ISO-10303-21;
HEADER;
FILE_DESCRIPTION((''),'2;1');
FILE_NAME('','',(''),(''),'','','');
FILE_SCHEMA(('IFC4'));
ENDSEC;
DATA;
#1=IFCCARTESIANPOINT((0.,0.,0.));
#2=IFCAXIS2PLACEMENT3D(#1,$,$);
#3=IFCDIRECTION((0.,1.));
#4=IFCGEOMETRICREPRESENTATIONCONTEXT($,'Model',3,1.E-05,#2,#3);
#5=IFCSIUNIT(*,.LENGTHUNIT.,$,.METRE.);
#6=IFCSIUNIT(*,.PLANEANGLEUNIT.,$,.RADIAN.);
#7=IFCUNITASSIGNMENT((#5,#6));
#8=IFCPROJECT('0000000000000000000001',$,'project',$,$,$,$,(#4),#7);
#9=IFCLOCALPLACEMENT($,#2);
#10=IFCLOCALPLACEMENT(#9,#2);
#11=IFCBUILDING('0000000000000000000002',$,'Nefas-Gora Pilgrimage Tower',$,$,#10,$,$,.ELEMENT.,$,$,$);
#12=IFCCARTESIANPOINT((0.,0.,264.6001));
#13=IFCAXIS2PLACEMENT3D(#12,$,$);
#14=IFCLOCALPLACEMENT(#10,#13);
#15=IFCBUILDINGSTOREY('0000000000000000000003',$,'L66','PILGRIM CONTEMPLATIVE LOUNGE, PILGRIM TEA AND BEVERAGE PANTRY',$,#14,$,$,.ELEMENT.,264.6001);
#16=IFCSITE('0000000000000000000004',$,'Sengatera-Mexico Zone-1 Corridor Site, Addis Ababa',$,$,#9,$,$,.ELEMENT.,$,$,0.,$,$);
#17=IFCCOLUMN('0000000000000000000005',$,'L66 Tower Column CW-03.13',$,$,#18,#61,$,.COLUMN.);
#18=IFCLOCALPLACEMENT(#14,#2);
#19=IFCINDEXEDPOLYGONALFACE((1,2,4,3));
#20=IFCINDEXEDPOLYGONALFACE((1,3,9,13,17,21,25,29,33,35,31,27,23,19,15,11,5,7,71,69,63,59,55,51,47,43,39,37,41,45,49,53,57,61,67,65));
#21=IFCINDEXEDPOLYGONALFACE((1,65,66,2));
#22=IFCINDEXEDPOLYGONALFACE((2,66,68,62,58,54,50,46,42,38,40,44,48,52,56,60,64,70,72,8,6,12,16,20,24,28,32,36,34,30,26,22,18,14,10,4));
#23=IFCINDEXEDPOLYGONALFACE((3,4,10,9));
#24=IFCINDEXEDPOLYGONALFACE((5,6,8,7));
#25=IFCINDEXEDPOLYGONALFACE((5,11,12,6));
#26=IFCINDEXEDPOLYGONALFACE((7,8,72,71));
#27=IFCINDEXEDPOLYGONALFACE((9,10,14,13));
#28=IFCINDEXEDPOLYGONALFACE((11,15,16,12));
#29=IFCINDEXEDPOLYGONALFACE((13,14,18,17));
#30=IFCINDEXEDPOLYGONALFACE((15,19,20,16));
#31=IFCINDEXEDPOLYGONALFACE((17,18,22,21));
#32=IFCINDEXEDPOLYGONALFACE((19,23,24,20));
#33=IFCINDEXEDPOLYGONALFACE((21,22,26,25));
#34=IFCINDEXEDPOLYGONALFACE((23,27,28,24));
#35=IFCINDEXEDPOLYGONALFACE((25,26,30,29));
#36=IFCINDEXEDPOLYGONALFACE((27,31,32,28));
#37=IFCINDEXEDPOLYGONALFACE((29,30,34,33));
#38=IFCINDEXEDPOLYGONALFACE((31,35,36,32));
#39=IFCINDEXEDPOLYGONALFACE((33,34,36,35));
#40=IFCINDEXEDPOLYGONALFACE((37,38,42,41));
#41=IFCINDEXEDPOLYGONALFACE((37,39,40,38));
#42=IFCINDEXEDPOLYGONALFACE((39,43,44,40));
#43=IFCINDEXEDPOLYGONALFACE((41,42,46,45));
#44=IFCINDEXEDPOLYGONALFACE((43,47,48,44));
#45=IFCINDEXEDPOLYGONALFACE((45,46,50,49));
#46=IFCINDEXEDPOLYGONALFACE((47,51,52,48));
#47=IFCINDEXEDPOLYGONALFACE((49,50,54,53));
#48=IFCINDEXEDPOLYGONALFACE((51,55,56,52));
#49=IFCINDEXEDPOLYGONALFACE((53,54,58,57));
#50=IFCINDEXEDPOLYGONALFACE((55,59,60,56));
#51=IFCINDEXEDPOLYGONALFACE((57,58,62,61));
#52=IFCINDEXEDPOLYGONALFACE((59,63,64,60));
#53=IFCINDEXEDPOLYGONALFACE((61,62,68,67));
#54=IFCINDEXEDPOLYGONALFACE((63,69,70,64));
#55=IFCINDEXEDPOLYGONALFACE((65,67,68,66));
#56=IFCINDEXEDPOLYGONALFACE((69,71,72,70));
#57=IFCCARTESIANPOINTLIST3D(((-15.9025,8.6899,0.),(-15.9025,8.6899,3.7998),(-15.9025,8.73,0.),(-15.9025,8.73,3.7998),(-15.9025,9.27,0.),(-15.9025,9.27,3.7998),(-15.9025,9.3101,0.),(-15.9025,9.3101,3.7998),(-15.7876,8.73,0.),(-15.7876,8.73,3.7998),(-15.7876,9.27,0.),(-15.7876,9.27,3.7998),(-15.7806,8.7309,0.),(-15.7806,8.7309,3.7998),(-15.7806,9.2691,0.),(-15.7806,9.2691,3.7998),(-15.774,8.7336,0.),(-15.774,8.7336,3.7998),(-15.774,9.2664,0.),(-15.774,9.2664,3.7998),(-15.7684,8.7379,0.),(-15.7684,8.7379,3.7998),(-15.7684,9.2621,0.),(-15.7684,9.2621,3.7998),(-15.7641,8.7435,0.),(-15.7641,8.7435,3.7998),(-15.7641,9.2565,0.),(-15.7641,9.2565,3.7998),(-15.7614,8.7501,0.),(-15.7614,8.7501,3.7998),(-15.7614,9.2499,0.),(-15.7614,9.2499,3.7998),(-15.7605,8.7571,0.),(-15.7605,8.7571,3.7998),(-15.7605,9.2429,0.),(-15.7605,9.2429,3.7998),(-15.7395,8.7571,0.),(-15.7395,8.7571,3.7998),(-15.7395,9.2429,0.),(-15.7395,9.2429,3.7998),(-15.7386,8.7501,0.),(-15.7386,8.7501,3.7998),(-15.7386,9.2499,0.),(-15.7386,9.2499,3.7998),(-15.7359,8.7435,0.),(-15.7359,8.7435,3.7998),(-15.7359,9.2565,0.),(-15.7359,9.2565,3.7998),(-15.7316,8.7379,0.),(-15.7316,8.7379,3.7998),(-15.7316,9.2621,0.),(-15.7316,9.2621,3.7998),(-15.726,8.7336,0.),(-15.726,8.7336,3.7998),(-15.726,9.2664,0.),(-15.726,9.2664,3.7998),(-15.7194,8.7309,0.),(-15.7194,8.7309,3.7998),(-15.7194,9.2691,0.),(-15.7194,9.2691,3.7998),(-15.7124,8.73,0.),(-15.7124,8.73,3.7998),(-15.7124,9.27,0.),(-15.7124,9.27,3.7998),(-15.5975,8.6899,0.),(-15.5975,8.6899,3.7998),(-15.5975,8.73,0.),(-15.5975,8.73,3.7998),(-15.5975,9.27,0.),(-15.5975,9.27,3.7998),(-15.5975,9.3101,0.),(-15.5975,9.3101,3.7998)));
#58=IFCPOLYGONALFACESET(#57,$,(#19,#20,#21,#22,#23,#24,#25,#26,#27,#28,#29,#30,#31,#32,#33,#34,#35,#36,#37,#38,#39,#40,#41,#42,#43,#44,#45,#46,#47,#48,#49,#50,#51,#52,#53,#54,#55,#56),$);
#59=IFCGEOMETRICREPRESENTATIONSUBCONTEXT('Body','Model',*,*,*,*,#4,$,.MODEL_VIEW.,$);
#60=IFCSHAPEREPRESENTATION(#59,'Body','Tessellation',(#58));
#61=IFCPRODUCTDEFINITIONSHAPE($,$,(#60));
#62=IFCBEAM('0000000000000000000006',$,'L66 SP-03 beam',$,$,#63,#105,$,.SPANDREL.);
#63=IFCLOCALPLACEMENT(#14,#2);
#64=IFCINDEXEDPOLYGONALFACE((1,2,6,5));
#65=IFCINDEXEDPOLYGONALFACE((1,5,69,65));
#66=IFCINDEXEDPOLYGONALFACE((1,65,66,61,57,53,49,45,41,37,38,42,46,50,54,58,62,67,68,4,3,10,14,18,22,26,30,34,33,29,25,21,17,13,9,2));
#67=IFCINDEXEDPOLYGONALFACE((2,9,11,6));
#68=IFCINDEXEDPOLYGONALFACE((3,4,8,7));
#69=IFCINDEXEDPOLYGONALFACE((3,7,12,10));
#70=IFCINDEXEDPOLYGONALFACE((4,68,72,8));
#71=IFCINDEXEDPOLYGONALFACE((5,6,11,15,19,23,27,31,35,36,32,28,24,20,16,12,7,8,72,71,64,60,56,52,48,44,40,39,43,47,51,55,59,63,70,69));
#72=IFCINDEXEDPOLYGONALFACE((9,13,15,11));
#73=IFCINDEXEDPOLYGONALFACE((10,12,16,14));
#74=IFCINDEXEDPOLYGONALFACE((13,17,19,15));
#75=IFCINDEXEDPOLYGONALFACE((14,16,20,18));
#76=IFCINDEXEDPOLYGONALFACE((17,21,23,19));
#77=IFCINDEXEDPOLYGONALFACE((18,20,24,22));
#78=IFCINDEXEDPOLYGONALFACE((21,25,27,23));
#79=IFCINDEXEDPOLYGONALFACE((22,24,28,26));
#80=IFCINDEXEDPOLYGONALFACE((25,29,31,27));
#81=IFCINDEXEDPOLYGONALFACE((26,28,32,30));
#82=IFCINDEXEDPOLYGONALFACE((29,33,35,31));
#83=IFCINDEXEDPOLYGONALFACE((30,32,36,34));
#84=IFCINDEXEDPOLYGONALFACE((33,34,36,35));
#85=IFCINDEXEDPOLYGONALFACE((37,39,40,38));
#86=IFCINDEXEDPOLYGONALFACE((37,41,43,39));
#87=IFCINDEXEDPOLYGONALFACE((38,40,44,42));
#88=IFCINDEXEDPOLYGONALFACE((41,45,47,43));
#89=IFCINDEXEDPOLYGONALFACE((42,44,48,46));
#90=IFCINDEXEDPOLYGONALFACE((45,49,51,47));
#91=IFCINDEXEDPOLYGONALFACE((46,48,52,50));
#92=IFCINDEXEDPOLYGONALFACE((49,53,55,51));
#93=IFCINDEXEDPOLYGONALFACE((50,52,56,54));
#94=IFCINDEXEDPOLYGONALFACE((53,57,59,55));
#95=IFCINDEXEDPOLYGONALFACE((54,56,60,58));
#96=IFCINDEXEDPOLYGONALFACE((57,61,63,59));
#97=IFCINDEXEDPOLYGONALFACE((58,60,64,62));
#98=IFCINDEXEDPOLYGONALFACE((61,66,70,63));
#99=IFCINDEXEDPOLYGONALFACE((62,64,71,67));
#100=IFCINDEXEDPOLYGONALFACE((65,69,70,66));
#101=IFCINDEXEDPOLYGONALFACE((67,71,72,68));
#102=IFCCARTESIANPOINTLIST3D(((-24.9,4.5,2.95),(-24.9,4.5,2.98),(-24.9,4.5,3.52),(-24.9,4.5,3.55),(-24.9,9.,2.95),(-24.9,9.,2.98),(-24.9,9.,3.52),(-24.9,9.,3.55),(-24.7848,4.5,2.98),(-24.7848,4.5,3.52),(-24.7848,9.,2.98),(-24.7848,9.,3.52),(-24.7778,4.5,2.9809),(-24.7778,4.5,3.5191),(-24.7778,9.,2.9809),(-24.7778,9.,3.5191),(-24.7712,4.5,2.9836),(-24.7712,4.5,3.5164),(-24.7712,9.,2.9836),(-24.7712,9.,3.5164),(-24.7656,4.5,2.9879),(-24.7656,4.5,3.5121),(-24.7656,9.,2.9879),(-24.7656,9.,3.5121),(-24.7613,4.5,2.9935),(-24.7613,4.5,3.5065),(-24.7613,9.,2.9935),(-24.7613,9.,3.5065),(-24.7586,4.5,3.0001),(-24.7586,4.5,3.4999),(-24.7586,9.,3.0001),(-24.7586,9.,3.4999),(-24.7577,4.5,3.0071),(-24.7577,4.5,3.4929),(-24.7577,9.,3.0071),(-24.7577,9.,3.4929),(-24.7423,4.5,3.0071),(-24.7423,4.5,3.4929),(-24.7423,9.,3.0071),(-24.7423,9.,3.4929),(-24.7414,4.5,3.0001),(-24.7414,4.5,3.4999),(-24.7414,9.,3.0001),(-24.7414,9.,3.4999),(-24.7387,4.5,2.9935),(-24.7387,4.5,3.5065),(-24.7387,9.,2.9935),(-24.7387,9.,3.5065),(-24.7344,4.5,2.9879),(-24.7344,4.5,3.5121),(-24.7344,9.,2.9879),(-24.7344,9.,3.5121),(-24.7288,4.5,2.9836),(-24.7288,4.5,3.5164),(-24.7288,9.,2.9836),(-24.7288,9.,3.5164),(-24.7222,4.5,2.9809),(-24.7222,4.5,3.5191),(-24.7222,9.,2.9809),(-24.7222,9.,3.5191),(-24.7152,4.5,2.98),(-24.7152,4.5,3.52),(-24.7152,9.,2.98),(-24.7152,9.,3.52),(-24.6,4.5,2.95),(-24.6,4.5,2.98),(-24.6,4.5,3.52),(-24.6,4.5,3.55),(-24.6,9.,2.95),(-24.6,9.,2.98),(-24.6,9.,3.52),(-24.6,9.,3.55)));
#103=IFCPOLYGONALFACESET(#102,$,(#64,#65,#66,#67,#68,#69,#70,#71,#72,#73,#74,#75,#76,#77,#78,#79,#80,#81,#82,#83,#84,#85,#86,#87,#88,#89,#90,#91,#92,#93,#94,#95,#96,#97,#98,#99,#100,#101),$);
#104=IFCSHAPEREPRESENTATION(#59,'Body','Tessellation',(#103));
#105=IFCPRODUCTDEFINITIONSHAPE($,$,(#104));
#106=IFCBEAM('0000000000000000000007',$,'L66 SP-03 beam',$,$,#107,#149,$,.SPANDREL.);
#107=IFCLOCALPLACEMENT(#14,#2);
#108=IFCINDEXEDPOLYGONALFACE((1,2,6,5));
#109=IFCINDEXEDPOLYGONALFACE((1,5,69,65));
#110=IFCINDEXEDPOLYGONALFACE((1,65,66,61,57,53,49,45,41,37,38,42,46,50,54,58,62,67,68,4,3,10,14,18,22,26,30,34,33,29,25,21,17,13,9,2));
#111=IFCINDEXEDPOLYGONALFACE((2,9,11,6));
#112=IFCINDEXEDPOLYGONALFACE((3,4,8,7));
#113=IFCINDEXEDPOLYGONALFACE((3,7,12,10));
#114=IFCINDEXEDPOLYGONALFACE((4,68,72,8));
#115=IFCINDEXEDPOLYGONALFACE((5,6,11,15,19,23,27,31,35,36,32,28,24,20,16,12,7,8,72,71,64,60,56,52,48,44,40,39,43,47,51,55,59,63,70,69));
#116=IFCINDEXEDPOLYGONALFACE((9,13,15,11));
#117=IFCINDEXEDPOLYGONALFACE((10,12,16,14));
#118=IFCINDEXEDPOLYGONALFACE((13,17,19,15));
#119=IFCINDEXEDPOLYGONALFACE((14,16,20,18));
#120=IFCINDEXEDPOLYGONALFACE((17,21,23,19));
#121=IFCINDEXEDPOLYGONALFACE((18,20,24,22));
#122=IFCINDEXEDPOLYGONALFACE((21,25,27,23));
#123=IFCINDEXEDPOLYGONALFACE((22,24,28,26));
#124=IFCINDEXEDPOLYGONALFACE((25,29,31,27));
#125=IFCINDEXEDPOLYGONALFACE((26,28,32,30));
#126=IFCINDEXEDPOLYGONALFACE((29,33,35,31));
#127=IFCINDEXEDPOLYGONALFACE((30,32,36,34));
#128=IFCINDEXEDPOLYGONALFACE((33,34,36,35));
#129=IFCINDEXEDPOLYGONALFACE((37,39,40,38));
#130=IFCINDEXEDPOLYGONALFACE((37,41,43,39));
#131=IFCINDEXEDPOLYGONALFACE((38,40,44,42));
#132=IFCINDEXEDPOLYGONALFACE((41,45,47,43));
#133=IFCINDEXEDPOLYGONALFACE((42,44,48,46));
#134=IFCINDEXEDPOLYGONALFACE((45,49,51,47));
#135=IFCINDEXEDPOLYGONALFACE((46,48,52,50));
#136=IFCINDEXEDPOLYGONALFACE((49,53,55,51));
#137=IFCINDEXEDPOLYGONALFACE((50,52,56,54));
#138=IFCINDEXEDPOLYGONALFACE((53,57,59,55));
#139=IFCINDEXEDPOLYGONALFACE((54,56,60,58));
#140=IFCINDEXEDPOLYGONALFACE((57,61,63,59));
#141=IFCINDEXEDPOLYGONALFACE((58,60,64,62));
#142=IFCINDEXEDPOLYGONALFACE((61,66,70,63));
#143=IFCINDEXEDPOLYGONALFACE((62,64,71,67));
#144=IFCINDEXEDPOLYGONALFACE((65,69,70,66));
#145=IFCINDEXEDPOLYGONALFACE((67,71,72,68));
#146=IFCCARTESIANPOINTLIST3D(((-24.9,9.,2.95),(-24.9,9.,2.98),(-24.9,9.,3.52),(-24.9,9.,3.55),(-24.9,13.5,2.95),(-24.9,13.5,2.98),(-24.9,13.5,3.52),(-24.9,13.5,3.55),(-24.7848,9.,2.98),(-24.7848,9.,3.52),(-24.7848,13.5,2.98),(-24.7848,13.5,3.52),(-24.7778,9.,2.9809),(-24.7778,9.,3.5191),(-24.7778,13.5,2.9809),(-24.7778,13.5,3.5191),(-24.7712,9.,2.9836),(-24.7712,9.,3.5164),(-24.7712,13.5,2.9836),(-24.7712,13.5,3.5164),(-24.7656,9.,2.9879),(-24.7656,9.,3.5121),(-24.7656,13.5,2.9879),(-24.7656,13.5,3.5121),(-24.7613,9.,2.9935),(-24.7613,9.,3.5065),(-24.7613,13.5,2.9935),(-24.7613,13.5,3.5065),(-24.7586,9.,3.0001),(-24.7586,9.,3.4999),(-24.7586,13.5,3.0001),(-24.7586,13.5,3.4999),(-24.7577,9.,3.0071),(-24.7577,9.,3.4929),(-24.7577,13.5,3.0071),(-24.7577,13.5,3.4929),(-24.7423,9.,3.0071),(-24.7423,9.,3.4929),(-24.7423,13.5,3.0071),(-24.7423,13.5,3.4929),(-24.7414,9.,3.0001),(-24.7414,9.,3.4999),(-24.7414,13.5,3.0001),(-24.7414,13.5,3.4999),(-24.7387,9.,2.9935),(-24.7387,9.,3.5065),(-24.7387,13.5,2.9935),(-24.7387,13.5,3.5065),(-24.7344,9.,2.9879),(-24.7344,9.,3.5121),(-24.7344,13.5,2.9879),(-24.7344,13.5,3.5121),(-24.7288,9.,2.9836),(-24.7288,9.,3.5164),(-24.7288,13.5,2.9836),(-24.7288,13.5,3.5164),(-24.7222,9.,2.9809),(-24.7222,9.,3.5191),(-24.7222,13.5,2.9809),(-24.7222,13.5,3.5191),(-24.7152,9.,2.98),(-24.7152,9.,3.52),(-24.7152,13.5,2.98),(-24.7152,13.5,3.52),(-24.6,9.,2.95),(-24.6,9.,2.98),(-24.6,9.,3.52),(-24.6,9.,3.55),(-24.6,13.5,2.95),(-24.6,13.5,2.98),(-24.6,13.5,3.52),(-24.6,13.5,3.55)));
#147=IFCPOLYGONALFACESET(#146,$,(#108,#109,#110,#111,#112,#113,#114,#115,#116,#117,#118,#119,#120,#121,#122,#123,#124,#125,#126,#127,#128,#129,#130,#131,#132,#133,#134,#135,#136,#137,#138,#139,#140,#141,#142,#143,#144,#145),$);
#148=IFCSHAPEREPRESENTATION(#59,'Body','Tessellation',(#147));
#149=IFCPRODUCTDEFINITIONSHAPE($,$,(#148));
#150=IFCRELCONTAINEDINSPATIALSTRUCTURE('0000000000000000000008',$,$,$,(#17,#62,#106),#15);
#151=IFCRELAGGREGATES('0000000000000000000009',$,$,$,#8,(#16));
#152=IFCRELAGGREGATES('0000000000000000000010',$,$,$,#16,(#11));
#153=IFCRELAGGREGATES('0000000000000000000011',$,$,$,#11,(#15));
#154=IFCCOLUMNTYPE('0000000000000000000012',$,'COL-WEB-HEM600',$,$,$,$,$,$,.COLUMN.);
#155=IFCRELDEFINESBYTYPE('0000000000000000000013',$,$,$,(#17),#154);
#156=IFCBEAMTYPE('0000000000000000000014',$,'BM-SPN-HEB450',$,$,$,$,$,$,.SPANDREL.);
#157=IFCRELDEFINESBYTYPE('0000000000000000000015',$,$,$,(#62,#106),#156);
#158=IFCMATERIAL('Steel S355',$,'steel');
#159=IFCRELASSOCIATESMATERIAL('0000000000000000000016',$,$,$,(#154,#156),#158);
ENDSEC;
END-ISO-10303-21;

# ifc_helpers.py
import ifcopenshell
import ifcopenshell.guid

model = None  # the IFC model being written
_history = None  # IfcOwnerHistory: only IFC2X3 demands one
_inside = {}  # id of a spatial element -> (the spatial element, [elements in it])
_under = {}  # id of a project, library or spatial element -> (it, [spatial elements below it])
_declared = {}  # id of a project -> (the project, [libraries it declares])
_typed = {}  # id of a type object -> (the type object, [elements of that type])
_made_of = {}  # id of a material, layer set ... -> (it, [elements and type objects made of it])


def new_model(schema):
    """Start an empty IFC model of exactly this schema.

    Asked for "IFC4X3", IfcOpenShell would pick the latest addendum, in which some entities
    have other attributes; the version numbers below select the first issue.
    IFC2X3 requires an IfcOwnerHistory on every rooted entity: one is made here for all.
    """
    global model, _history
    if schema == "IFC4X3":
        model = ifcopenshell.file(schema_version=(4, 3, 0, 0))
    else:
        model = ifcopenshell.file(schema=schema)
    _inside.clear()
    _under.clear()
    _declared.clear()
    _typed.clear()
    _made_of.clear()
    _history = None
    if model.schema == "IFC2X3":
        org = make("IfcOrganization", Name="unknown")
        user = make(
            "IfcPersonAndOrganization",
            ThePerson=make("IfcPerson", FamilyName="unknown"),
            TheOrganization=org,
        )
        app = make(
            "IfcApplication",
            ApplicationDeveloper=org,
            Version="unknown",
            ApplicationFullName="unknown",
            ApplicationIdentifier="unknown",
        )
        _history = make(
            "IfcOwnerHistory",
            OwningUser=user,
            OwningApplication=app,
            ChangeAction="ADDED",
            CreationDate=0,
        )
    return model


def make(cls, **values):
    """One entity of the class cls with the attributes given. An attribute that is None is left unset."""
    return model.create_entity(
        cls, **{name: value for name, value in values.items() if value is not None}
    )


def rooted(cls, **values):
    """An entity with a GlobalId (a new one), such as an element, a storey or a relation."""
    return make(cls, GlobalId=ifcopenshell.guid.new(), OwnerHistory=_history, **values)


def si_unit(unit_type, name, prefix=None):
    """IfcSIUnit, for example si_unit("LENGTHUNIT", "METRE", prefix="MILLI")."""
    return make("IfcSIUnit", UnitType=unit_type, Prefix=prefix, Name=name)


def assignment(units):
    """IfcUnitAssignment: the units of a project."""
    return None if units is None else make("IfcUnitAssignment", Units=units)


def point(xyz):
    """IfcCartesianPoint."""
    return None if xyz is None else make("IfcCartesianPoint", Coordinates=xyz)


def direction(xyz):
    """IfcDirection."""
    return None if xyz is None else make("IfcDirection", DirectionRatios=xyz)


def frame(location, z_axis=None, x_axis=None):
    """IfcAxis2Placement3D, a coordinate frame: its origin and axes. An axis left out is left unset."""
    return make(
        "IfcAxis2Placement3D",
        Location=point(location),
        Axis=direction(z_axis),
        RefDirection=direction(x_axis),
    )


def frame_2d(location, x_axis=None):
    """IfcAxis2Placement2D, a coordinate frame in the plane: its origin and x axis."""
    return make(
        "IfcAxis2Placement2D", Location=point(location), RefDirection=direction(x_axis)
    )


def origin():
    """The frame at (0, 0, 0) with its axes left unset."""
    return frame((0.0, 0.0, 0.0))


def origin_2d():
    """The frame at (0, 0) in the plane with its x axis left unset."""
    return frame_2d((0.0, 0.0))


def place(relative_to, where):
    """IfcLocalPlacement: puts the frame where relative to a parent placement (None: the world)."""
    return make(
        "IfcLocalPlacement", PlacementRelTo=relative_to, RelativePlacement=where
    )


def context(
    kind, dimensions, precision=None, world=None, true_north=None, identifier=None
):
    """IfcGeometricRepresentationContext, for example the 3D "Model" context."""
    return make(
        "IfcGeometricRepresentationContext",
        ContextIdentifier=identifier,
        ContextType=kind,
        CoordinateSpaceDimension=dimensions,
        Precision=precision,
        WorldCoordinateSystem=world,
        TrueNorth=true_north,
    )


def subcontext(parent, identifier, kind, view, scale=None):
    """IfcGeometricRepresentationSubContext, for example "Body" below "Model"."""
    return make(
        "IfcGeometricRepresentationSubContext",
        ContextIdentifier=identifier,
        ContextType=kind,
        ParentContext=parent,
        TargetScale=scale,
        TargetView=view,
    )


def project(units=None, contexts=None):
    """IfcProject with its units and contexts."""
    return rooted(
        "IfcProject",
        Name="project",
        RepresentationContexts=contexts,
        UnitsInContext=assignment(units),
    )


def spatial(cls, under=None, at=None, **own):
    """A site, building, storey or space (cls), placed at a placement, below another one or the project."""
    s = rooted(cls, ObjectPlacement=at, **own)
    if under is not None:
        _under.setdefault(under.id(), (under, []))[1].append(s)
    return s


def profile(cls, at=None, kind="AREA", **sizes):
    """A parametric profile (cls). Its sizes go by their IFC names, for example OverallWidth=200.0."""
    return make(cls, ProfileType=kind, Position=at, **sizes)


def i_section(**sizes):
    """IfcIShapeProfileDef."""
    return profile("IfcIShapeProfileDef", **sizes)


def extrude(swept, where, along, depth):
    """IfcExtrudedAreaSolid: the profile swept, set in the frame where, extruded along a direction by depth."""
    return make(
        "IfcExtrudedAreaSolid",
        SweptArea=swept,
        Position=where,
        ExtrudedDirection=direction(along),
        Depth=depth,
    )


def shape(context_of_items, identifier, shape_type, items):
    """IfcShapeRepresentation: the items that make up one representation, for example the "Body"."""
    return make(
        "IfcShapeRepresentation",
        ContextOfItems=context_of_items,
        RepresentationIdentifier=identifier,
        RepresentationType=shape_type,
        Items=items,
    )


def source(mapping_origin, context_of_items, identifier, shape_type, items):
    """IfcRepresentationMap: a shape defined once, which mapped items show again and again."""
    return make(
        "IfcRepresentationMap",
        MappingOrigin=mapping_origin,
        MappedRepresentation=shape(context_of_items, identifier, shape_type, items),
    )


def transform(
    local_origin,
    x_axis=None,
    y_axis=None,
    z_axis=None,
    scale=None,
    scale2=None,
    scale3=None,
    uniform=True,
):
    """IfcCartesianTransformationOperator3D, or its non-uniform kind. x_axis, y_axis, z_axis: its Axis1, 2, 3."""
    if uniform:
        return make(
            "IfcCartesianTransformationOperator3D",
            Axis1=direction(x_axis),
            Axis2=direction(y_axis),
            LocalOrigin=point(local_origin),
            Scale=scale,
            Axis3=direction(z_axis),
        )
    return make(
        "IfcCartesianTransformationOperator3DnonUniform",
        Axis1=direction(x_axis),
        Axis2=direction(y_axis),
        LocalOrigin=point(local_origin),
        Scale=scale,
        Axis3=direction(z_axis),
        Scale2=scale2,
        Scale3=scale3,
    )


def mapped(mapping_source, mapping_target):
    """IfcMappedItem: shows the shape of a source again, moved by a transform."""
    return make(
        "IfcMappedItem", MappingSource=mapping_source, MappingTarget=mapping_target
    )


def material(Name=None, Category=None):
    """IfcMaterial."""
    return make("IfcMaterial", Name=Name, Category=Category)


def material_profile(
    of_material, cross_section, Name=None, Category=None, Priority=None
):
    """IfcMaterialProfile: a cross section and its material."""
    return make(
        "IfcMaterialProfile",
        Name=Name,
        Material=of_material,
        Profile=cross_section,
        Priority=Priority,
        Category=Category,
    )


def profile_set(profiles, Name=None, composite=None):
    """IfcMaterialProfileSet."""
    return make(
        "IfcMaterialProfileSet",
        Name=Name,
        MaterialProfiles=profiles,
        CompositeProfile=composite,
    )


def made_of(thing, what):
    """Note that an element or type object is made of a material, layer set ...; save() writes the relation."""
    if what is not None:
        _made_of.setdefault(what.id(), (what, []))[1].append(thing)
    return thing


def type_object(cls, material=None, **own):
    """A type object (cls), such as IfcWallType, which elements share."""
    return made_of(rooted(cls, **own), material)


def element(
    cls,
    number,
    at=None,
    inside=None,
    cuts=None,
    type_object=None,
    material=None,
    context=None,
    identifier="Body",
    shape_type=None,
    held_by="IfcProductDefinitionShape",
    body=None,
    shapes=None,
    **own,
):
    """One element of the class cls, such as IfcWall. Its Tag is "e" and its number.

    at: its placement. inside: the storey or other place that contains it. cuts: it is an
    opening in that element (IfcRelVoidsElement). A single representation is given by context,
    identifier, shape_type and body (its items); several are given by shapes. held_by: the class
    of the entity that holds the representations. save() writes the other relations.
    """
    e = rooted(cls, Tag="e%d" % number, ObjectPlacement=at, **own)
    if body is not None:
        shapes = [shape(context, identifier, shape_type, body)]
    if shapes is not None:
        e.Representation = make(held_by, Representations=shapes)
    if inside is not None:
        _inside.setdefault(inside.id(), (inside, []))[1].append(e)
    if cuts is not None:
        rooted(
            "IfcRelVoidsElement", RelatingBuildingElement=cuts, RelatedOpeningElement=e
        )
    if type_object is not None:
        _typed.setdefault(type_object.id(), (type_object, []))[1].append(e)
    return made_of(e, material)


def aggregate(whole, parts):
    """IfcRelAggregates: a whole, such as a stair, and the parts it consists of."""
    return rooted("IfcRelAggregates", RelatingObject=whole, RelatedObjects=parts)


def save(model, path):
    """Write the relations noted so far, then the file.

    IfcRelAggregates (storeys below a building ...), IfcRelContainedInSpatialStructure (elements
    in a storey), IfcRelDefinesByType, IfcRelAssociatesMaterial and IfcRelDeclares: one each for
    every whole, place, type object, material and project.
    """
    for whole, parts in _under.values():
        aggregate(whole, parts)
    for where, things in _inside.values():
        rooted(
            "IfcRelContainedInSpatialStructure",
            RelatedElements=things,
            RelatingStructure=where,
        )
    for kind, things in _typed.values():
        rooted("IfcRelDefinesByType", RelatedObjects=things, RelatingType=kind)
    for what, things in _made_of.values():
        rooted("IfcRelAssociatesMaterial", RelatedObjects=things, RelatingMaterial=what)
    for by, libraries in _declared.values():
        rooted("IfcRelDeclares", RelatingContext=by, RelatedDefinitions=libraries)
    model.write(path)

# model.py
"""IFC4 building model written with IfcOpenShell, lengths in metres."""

from ifc_helpers import new_model, si_unit, direction, frame, origin, origin_2d, place, context, subcontext, project, spatial, i_section, extrude, source, transform, mapped, material, material_profile, profile_set, type_object, element, save


model = new_model("IFC4")

# Units and contexts
model_context = context("Model", 3, precision=1e-05, world=origin(), true_north=direction((0.0, 1.0)))
body_context = subcontext(model_context, "Body", "Model", "MODEL_VIEW")
ifc_project = project(units=[si_unit("LENGTHUNIT", "METRE"), si_unit("PLANEANGLEUNIT", "RADIAN")], contexts=[model_context])

# Site, building, storey
site_placement = place(None, origin())
site = spatial("IfcSite", under=ifc_project, at=site_placement, Name="Sengatera-Mexico Zone-1 Corridor Site, Addis Ababa", CompositionType="ELEMENT", RefElevation=0.0)
building_placement = place(site_placement, origin())
building = spatial("IfcBuilding", under=site, at=building_placement, Name="Nefas-Gora Pilgrimage Tower", CompositionType="ELEMENT")
storey_placement = place(building_placement, frame((0.0, 0.0, 264.6001)))
storey = spatial("IfcBuildingStorey", under=building, at=storey_placement, Name="L66", Description="PILGRIM CONTEMPLATIVE LOUNGE, PILGRIM TEA AND BEVERAGE PANTRY", CompositionType="ELEMENT", Elevation=264.6001)

# Column
ifc_material_1 = material(Name="Steel S355", Category="steel")
ifc_material_profile_1 = material_profile(ifc_material_1, i_section(OverallWidth=0.3049, OverallDepth=0.6201, WebThickness=0.021, FlangeThickness=0.04, FilletRadius=0.0271, at=origin_2d()), Name="HEM 600")
ifc_profile_set_1 = profile_set([ifc_material_profile_1], Name="Steel S355")
column_type_1 = type_object("IfcColumnType", Name="COL-WEB-HEM600", PredefinedType="COLUMN", material=ifc_profile_set_1)
shared_shape_1 = source(origin(), body_context, "Body", "SweptSolid", [
    extrude(i_section(OverallWidth=0.3049, OverallDepth=0.6201, WebThickness=0.021, FlangeThickness=0.04, FilletRadius=0.0271, at=origin_2d()), origin(), (0.0, 0.0, 1.0), 3.7998),
])
for number, where, z_axis, x_axis, name in (
    (1, (-15.75, 9.0, 0.0), (0.0, 0.0, 1.0), (1.0, 0.0, 0.0), "L66 Tower Column CW-03.13"),
):
    element("IfcColumn", number, at=place(storey_placement, frame(where, z_axis=z_axis, x_axis=x_axis)), inside=storey, type_object=column_type_1, Name=name, PredefinedType="COLUMN", context=body_context, shape_type="MappedRepresentation", body=[
        mapped(shared_shape_1, transform((0.0, 0.0, 0.0), x_axis=(1.0, 0.0, 0.0), y_axis=(0.0, 1.0, 0.0), z_axis=(0.0, 0.0, 1.0), scale=1.0)),
    ])

# Beams
ifc_material_profile_2 = material_profile(ifc_material_1, i_section(OverallWidth=0.3, OverallDepth=0.6001, WebThickness=0.0154, FlangeThickness=0.03, FilletRadius=0.0271, at=origin_2d()), Name="HEB 600")
ifc_profile_set_2 = profile_set([ifc_material_profile_2], Name="Steel S355")
beam_type_1 = type_object("IfcBeamType", Name="BM-SPN-HEB450", PredefinedType="SPANDREL", material=ifc_profile_set_2)
shared_shape_2 = source(origin(), body_context, "Body", "SweptSolid", [
    extrude(i_section(OverallWidth=0.3, OverallDepth=0.6001, WebThickness=0.0154, FlangeThickness=0.03, FilletRadius=0.0271, at=origin_2d()), origin(), (0.0, 0.0, 1.0), 4.5),
])
for number, where, z_axis, x_axis, name in (
    (2, (-24.75, 4.5, 3.25), (0.0, 1.0, 0.0), (-1.0, 0.0, 0.0), "L66 SP-03 beam"),
    (3, (-24.75, 9.0, 3.25), (0.0, 1.0, 0.0), (-1.0, 0.0, 0.0), "L66 SP-03 beam"),
):
    element("IfcBeam", number, at=place(storey_placement, frame(where, z_axis=z_axis, x_axis=x_axis)), inside=storey, type_object=beam_type_1, Name=name, PredefinedType="SPANDREL", context=body_context, shape_type="MappedRepresentation", body=[
        mapped(shared_shape_2, transform((0.0, 0.0, 0.0), x_axis=(1.0, 0.0, 0.0), y_axis=(0.0, 1.0, 0.0), z_axis=(0.0, 0.0, 1.0), scale=1.0)),
    ])

save(model, "model.ifc")
